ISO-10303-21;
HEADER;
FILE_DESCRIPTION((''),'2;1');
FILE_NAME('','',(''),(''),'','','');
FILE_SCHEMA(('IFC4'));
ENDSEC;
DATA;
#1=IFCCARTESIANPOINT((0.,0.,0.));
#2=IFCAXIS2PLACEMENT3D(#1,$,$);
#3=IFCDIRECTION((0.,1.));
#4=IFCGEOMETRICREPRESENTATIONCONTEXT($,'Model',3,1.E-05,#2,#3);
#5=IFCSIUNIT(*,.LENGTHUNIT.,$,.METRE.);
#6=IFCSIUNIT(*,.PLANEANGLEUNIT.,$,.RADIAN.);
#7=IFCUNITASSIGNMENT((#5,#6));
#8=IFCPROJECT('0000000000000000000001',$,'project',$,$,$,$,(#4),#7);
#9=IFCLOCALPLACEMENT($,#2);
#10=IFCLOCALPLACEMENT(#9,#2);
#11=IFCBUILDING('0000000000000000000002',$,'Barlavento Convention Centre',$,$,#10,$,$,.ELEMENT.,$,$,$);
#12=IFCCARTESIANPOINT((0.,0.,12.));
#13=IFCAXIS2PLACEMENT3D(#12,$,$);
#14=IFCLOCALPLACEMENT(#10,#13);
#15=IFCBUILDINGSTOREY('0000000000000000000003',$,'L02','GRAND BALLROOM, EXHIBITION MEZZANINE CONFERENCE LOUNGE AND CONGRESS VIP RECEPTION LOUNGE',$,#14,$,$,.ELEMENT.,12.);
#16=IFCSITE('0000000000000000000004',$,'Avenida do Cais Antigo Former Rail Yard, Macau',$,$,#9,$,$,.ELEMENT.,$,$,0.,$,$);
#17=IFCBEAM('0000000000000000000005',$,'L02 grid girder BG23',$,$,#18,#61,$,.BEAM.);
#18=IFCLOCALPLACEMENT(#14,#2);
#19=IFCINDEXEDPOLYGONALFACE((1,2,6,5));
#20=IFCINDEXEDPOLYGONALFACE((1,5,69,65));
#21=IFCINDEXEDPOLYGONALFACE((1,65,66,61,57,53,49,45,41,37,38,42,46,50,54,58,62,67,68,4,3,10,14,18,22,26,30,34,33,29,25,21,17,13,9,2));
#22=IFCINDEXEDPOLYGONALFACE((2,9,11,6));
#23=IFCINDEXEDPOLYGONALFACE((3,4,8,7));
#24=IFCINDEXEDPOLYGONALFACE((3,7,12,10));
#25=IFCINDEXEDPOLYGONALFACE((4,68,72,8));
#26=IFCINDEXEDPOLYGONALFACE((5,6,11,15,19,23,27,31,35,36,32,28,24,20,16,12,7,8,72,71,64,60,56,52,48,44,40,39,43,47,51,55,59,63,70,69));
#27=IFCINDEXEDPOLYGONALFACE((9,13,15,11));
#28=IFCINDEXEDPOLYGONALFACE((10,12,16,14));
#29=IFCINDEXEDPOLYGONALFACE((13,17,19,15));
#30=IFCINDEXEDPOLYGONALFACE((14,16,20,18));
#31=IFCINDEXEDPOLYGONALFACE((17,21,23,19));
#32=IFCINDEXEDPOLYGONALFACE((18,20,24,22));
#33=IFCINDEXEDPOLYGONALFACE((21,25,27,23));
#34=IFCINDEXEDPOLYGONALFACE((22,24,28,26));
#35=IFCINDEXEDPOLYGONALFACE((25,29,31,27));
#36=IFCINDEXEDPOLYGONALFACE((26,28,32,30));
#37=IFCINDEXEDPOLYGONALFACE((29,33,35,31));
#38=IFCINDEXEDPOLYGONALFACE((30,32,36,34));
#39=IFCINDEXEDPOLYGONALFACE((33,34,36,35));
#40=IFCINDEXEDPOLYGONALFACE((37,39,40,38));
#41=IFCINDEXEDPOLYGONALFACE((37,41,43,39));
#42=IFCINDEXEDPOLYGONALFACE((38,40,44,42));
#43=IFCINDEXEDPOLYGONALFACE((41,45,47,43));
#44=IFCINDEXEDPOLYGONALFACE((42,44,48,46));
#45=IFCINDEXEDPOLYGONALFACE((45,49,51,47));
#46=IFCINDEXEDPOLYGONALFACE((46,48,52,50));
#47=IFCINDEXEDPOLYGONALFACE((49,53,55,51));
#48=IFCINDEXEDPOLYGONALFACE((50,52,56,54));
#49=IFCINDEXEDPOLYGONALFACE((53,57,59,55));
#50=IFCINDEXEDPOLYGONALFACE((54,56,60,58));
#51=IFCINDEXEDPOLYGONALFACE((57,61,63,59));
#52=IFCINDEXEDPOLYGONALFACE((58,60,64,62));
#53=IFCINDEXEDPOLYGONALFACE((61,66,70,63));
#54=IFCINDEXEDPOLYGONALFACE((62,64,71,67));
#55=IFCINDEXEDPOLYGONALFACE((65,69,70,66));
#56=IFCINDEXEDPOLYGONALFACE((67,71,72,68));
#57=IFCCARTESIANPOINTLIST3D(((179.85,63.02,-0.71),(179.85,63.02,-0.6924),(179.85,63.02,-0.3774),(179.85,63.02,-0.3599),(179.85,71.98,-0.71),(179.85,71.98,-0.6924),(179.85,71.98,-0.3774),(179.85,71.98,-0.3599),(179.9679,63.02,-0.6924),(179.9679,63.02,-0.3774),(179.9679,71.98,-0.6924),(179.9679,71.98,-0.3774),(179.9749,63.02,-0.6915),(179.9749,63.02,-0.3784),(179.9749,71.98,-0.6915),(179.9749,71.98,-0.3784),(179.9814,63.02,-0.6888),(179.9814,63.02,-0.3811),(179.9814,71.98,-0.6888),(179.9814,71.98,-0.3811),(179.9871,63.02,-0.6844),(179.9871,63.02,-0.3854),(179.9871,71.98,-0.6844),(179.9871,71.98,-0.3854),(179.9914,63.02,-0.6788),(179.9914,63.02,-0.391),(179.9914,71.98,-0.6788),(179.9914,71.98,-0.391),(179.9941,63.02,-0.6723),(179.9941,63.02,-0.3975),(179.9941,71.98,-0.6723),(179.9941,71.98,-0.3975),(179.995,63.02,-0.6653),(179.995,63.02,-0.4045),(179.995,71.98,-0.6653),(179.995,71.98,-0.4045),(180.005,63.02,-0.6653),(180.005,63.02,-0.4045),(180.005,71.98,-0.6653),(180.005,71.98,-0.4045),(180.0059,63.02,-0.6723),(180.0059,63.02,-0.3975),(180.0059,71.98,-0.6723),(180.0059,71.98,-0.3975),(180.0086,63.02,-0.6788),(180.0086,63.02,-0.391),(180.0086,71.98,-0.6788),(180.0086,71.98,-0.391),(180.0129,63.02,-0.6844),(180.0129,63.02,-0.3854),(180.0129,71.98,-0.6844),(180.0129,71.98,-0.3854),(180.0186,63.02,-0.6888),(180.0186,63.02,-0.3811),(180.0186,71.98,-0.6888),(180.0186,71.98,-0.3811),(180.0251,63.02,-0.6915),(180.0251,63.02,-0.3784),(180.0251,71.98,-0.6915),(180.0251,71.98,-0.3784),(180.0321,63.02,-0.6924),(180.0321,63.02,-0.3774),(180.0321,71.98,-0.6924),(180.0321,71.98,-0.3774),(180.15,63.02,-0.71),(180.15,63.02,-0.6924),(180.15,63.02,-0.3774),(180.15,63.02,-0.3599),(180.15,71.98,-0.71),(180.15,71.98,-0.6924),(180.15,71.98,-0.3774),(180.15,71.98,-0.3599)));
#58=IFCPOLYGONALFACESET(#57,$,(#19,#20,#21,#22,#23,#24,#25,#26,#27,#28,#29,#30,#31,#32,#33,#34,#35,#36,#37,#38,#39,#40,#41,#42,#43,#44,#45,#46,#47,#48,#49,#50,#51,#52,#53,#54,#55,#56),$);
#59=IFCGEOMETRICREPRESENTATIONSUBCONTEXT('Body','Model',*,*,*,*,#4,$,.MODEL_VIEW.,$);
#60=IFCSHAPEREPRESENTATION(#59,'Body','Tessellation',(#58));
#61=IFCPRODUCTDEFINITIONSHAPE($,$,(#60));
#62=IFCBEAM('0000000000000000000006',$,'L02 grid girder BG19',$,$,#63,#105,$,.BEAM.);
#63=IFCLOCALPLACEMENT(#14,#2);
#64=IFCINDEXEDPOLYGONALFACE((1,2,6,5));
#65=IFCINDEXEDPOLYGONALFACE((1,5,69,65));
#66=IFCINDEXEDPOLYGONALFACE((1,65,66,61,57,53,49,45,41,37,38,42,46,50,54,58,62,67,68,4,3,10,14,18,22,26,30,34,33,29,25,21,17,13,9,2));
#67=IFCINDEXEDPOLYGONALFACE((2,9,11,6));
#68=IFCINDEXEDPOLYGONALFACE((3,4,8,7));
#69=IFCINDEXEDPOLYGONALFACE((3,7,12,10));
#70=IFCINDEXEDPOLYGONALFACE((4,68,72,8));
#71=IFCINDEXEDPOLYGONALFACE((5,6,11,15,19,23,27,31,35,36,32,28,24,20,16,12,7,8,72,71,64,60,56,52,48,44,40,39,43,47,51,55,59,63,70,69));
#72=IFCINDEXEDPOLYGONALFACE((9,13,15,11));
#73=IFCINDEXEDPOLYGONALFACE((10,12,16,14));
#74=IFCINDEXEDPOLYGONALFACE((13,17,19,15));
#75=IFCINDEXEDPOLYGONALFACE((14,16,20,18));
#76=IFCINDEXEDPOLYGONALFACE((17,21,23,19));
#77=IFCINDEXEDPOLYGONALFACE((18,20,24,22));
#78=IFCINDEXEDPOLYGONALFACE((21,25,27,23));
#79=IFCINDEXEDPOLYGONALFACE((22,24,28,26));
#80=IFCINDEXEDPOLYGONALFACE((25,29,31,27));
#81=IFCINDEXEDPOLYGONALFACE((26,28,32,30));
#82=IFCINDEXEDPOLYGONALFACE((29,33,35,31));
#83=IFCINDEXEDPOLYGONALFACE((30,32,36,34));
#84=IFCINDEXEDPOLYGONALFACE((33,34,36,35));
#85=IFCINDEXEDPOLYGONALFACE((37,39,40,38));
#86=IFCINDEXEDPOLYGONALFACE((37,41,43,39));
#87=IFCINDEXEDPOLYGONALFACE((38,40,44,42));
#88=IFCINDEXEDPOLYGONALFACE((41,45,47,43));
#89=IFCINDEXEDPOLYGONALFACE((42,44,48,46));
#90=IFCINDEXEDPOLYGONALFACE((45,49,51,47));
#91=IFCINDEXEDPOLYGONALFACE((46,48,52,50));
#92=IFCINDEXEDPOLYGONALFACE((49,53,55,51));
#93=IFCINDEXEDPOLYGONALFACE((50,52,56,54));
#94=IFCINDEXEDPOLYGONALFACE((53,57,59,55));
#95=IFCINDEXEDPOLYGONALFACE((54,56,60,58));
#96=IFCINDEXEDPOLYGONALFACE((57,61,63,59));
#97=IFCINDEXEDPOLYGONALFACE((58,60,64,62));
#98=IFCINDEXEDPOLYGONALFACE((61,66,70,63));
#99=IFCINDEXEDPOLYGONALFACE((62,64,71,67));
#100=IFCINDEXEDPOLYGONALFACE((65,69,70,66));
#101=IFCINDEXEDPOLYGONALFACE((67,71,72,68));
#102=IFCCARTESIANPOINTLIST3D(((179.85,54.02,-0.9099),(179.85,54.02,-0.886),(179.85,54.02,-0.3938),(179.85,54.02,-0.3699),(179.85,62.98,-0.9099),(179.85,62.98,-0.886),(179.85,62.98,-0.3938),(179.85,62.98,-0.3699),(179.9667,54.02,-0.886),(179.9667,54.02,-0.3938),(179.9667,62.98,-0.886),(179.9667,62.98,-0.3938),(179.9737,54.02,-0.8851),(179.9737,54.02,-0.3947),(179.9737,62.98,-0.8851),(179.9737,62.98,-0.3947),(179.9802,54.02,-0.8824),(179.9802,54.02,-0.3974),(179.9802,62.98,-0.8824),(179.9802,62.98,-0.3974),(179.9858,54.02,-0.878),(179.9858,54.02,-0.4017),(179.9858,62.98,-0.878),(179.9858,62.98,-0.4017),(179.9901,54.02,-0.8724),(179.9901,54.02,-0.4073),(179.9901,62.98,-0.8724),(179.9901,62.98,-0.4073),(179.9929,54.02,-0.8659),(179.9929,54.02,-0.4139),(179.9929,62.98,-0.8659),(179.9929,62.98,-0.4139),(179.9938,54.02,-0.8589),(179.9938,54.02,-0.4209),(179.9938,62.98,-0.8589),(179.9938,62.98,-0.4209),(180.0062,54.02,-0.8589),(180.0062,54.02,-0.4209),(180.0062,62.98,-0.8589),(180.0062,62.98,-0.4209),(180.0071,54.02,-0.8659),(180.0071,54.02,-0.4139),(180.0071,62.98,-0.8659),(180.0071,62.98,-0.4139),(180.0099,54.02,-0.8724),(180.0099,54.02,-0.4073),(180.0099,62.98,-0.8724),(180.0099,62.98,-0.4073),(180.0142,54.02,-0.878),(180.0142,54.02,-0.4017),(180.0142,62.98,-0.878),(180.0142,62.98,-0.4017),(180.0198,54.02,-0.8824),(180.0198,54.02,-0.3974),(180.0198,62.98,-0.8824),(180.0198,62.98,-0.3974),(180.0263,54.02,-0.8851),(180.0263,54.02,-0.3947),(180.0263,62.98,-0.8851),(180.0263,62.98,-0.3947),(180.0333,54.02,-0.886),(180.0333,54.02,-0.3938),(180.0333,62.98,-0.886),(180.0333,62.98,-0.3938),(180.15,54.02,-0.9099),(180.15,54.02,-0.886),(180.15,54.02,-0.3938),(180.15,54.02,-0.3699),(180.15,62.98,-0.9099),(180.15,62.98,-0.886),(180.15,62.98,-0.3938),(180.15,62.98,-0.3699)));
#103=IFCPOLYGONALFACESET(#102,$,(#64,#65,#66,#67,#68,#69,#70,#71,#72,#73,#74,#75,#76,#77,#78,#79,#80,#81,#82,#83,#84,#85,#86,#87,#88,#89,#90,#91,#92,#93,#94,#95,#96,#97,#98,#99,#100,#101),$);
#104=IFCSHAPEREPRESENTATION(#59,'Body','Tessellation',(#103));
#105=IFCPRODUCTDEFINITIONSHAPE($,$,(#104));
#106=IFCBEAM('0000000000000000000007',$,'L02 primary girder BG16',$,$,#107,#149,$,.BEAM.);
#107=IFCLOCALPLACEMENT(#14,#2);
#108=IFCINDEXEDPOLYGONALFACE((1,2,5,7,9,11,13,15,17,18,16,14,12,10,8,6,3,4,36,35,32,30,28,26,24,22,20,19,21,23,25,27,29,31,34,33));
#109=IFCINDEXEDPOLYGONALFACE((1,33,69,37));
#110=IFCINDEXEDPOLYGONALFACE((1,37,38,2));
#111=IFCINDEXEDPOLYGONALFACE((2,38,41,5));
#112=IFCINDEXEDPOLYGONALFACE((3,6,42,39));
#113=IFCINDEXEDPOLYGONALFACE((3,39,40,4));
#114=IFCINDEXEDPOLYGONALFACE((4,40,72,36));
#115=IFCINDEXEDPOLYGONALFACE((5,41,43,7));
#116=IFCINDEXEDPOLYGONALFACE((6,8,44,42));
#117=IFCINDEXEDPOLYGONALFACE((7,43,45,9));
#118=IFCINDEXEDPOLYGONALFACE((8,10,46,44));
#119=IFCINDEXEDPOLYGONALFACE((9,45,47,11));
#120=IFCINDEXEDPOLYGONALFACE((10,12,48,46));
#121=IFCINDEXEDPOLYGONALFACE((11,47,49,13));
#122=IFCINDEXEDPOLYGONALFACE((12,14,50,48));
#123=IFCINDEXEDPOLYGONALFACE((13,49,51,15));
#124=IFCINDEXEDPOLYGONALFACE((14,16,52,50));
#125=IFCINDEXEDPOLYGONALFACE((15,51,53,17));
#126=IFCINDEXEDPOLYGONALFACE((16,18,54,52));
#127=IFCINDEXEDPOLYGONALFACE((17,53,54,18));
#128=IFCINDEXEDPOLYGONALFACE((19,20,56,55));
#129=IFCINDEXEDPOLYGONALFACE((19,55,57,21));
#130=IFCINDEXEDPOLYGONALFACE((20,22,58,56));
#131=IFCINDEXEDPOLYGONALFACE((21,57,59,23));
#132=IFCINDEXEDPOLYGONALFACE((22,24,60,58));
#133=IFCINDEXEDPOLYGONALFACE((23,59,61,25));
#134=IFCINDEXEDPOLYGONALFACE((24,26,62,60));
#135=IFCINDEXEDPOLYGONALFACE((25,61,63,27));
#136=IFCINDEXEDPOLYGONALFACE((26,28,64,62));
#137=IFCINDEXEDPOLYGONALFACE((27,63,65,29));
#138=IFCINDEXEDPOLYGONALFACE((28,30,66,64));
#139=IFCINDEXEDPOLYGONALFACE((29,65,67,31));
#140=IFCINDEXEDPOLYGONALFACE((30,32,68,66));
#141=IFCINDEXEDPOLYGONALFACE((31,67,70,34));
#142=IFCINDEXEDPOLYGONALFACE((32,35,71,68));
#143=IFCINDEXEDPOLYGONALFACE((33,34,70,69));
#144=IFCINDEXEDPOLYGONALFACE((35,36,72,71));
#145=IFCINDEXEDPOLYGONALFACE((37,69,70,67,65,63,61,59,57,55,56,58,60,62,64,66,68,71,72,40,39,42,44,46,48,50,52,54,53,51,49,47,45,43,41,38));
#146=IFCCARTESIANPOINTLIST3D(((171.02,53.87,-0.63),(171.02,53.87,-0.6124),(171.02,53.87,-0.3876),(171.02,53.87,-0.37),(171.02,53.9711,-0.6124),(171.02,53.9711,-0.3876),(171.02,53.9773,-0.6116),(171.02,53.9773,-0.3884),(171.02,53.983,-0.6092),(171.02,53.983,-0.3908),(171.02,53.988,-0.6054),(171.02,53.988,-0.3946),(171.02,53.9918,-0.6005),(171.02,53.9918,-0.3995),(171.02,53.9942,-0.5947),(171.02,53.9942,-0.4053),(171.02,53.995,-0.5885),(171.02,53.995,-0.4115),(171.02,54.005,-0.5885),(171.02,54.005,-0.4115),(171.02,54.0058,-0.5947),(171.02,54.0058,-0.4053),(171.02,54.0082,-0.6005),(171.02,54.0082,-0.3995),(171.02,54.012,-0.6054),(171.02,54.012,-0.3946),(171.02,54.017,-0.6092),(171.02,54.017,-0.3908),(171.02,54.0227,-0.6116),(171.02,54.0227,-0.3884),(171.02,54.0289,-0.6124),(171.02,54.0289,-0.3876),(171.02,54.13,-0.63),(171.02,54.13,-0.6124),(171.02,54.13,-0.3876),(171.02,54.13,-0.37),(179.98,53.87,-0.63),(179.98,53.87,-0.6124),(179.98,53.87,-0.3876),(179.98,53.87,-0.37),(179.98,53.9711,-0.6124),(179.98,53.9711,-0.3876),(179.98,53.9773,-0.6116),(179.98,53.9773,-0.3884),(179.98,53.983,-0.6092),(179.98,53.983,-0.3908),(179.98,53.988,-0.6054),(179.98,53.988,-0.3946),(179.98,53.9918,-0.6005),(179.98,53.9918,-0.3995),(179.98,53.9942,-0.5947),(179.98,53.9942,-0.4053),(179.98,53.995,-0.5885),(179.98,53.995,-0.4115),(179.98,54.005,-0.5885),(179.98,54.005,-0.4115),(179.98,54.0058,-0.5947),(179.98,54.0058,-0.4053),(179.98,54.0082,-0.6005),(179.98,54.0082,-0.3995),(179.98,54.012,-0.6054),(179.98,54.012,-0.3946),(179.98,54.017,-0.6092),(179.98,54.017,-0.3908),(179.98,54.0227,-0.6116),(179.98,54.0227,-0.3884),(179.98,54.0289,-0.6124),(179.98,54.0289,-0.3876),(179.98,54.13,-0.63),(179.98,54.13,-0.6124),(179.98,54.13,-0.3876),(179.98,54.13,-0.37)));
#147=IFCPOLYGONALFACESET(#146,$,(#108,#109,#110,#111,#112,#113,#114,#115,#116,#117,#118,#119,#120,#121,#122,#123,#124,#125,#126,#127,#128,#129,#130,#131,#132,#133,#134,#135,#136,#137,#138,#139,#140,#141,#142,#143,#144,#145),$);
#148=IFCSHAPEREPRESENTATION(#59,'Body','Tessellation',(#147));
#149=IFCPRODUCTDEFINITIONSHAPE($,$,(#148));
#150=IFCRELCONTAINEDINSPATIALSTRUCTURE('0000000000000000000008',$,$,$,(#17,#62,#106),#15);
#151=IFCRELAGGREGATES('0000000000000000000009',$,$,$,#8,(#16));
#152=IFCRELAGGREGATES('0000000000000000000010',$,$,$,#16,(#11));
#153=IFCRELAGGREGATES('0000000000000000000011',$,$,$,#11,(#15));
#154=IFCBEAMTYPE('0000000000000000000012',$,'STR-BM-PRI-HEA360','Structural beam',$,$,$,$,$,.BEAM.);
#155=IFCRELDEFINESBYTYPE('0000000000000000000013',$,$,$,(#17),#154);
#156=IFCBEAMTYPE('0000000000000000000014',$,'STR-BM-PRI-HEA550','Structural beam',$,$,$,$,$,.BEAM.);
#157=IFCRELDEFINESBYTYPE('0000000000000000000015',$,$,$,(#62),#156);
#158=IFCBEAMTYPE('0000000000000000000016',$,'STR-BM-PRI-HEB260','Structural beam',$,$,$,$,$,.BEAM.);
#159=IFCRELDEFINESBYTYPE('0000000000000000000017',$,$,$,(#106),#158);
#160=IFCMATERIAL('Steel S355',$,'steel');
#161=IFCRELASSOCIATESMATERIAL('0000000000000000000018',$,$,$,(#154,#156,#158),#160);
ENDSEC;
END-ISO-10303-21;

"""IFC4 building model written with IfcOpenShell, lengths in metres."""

from ifc_helpers import new_model, si_unit, direction, frame, origin, origin_2d, place, context, subcontext, project, spatial, i_section, extrude, material, material_profile, profile_set, type_object, element, save


model = new_model("IFC4")

# Units and contexts
model_context = context("Model", 3, precision=1e-05, world=origin(), true_north=direction((0.0, 1.0)))
body_context = subcontext(model_context, "Body", "Model", "MODEL_VIEW")
ifc_project = project(units=[si_unit("LENGTHUNIT", "METRE"), si_unit("PLANEANGLEUNIT", "RADIAN")], contexts=[model_context])

# Site, building, storey
site_placement = place(None, origin())
site = spatial("IfcSite", under=ifc_project, at=site_placement, Name="Avenida do Cais Antigo Former Rail Yard, Macau", CompositionType="ELEMENT", RefElevation=0.0)
building_placement = place(site_placement, origin())
building = spatial("IfcBuilding", under=site, at=building_placement, Name="Barlavento Convention Centre", CompositionType="ELEMENT")
storey_placement = place(building_placement, frame((0.0, 0.0, 12.0)))
storey = spatial("IfcBuildingStorey", under=building, at=storey_placement, Name="L02", Description="GRAND BALLROOM, EXHIBITION MEZZANINE CONFERENCE LOUNGE AND CONGRESS VIP RECEPTION LOUNGE", CompositionType="ELEMENT", Elevation=12.0)

# Shared definitions
ifc_material_1 = material(Name="Steel S355", Category="steel")

# Beams
ifc_material_profile_1 = material_profile(ifc_material_1, i_section(OverallWidth=0.3, OverallDepth=0.3501, WebThickness=0.01, FlangeThickness=0.0176, FilletRadius=0.0271, at=origin_2d()), Name="HEA 360")
ifc_profile_set_1 = profile_set([ifc_material_profile_1], Name="Steel S355")
beam_type_1 = type_object("IfcBeamType", Name="STR-BM-PRI-HEA360", Description="Structural beam", PredefinedType="BEAM", material=ifc_profile_set_1)
beam_1_placement = place(storey_placement, frame((180.0, 63.02, -0.5349), z_axis=(0.0, 1.0, 0.0), x_axis=(-1.0, 0.0, 0.0)))
element("IfcBeam", 1, at=beam_1_placement, inside=storey, type_object=beam_type_1, Name="L02 grid girder BG23", PredefinedType="BEAM", context=body_context, shape_type="SweptSolid", body=[
    extrude(i_section(OverallWidth=0.3, OverallDepth=0.3501, WebThickness=0.01, FlangeThickness=0.0176, FilletRadius=0.0271, at=origin_2d()), origin(), (0.0, 0.0, 1.0), 8.96),
])
ifc_material_profile_2 = material_profile(ifc_material_1, i_section(OverallWidth=0.3, OverallDepth=0.54, WebThickness=0.0125, FlangeThickness=0.0239, FilletRadius=0.0271, at=origin_2d()), Name="HEA 550")
ifc_profile_set_2 = profile_set([ifc_material_profile_2], Name="Steel S355")
beam_type_2 = type_object("IfcBeamType", Name="STR-BM-PRI-HEA550", Description="Structural beam", PredefinedType="BEAM", material=ifc_profile_set_2)
beam_2_placement = place(storey_placement, frame((180.0, 54.02, -0.6399), z_axis=(0.0, 1.0, 0.0), x_axis=(-1.0, 0.0, 0.0)))
element("IfcBeam", 2, at=beam_2_placement, inside=storey, type_object=beam_type_2, Name="L02 grid girder BG19", PredefinedType="BEAM", context=body_context, shape_type="SweptSolid", body=[
    extrude(i_section(OverallWidth=0.3, OverallDepth=0.54, WebThickness=0.0125, FlangeThickness=0.0239, FilletRadius=0.0271, at=origin_2d()), origin(), (0.0, 0.0, 1.0), 8.96),
])
ifc_material_profile_3 = material_profile(ifc_material_1, i_section(OverallWidth=0.26, OverallDepth=0.26, WebThickness=0.01, FlangeThickness=0.0176, FilletRadius=0.0239, at=origin_2d()), Name="HEB 260")
ifc_profile_set_3 = profile_set([ifc_material_profile_3], Name="Steel S355")
beam_type_3 = type_object("IfcBeamType", Name="STR-BM-PRI-HEB260", Description="Structural beam", PredefinedType="BEAM", material=ifc_profile_set_3)
beam_3_placement = place(storey_placement, frame((171.02, 54.0, -0.5), z_axis=(1.0, 0.0, 0.0), x_axis=(0.0, 1.0, 0.0)))
element("IfcBeam", 3, at=beam_3_placement, inside=storey, type_object=beam_type_3, Name="L02 primary girder BG16", PredefinedType="BEAM", context=body_context, shape_type="SweptSolid", body=[
    extrude(i_section(OverallWidth=0.26, OverallDepth=0.26, WebThickness=0.01, FlangeThickness=0.0176, FilletRadius=0.0239, at=origin_2d()), origin(), (0.0, 0.0, 1.0), 8.96),
])

save(model, "model.ifc")
